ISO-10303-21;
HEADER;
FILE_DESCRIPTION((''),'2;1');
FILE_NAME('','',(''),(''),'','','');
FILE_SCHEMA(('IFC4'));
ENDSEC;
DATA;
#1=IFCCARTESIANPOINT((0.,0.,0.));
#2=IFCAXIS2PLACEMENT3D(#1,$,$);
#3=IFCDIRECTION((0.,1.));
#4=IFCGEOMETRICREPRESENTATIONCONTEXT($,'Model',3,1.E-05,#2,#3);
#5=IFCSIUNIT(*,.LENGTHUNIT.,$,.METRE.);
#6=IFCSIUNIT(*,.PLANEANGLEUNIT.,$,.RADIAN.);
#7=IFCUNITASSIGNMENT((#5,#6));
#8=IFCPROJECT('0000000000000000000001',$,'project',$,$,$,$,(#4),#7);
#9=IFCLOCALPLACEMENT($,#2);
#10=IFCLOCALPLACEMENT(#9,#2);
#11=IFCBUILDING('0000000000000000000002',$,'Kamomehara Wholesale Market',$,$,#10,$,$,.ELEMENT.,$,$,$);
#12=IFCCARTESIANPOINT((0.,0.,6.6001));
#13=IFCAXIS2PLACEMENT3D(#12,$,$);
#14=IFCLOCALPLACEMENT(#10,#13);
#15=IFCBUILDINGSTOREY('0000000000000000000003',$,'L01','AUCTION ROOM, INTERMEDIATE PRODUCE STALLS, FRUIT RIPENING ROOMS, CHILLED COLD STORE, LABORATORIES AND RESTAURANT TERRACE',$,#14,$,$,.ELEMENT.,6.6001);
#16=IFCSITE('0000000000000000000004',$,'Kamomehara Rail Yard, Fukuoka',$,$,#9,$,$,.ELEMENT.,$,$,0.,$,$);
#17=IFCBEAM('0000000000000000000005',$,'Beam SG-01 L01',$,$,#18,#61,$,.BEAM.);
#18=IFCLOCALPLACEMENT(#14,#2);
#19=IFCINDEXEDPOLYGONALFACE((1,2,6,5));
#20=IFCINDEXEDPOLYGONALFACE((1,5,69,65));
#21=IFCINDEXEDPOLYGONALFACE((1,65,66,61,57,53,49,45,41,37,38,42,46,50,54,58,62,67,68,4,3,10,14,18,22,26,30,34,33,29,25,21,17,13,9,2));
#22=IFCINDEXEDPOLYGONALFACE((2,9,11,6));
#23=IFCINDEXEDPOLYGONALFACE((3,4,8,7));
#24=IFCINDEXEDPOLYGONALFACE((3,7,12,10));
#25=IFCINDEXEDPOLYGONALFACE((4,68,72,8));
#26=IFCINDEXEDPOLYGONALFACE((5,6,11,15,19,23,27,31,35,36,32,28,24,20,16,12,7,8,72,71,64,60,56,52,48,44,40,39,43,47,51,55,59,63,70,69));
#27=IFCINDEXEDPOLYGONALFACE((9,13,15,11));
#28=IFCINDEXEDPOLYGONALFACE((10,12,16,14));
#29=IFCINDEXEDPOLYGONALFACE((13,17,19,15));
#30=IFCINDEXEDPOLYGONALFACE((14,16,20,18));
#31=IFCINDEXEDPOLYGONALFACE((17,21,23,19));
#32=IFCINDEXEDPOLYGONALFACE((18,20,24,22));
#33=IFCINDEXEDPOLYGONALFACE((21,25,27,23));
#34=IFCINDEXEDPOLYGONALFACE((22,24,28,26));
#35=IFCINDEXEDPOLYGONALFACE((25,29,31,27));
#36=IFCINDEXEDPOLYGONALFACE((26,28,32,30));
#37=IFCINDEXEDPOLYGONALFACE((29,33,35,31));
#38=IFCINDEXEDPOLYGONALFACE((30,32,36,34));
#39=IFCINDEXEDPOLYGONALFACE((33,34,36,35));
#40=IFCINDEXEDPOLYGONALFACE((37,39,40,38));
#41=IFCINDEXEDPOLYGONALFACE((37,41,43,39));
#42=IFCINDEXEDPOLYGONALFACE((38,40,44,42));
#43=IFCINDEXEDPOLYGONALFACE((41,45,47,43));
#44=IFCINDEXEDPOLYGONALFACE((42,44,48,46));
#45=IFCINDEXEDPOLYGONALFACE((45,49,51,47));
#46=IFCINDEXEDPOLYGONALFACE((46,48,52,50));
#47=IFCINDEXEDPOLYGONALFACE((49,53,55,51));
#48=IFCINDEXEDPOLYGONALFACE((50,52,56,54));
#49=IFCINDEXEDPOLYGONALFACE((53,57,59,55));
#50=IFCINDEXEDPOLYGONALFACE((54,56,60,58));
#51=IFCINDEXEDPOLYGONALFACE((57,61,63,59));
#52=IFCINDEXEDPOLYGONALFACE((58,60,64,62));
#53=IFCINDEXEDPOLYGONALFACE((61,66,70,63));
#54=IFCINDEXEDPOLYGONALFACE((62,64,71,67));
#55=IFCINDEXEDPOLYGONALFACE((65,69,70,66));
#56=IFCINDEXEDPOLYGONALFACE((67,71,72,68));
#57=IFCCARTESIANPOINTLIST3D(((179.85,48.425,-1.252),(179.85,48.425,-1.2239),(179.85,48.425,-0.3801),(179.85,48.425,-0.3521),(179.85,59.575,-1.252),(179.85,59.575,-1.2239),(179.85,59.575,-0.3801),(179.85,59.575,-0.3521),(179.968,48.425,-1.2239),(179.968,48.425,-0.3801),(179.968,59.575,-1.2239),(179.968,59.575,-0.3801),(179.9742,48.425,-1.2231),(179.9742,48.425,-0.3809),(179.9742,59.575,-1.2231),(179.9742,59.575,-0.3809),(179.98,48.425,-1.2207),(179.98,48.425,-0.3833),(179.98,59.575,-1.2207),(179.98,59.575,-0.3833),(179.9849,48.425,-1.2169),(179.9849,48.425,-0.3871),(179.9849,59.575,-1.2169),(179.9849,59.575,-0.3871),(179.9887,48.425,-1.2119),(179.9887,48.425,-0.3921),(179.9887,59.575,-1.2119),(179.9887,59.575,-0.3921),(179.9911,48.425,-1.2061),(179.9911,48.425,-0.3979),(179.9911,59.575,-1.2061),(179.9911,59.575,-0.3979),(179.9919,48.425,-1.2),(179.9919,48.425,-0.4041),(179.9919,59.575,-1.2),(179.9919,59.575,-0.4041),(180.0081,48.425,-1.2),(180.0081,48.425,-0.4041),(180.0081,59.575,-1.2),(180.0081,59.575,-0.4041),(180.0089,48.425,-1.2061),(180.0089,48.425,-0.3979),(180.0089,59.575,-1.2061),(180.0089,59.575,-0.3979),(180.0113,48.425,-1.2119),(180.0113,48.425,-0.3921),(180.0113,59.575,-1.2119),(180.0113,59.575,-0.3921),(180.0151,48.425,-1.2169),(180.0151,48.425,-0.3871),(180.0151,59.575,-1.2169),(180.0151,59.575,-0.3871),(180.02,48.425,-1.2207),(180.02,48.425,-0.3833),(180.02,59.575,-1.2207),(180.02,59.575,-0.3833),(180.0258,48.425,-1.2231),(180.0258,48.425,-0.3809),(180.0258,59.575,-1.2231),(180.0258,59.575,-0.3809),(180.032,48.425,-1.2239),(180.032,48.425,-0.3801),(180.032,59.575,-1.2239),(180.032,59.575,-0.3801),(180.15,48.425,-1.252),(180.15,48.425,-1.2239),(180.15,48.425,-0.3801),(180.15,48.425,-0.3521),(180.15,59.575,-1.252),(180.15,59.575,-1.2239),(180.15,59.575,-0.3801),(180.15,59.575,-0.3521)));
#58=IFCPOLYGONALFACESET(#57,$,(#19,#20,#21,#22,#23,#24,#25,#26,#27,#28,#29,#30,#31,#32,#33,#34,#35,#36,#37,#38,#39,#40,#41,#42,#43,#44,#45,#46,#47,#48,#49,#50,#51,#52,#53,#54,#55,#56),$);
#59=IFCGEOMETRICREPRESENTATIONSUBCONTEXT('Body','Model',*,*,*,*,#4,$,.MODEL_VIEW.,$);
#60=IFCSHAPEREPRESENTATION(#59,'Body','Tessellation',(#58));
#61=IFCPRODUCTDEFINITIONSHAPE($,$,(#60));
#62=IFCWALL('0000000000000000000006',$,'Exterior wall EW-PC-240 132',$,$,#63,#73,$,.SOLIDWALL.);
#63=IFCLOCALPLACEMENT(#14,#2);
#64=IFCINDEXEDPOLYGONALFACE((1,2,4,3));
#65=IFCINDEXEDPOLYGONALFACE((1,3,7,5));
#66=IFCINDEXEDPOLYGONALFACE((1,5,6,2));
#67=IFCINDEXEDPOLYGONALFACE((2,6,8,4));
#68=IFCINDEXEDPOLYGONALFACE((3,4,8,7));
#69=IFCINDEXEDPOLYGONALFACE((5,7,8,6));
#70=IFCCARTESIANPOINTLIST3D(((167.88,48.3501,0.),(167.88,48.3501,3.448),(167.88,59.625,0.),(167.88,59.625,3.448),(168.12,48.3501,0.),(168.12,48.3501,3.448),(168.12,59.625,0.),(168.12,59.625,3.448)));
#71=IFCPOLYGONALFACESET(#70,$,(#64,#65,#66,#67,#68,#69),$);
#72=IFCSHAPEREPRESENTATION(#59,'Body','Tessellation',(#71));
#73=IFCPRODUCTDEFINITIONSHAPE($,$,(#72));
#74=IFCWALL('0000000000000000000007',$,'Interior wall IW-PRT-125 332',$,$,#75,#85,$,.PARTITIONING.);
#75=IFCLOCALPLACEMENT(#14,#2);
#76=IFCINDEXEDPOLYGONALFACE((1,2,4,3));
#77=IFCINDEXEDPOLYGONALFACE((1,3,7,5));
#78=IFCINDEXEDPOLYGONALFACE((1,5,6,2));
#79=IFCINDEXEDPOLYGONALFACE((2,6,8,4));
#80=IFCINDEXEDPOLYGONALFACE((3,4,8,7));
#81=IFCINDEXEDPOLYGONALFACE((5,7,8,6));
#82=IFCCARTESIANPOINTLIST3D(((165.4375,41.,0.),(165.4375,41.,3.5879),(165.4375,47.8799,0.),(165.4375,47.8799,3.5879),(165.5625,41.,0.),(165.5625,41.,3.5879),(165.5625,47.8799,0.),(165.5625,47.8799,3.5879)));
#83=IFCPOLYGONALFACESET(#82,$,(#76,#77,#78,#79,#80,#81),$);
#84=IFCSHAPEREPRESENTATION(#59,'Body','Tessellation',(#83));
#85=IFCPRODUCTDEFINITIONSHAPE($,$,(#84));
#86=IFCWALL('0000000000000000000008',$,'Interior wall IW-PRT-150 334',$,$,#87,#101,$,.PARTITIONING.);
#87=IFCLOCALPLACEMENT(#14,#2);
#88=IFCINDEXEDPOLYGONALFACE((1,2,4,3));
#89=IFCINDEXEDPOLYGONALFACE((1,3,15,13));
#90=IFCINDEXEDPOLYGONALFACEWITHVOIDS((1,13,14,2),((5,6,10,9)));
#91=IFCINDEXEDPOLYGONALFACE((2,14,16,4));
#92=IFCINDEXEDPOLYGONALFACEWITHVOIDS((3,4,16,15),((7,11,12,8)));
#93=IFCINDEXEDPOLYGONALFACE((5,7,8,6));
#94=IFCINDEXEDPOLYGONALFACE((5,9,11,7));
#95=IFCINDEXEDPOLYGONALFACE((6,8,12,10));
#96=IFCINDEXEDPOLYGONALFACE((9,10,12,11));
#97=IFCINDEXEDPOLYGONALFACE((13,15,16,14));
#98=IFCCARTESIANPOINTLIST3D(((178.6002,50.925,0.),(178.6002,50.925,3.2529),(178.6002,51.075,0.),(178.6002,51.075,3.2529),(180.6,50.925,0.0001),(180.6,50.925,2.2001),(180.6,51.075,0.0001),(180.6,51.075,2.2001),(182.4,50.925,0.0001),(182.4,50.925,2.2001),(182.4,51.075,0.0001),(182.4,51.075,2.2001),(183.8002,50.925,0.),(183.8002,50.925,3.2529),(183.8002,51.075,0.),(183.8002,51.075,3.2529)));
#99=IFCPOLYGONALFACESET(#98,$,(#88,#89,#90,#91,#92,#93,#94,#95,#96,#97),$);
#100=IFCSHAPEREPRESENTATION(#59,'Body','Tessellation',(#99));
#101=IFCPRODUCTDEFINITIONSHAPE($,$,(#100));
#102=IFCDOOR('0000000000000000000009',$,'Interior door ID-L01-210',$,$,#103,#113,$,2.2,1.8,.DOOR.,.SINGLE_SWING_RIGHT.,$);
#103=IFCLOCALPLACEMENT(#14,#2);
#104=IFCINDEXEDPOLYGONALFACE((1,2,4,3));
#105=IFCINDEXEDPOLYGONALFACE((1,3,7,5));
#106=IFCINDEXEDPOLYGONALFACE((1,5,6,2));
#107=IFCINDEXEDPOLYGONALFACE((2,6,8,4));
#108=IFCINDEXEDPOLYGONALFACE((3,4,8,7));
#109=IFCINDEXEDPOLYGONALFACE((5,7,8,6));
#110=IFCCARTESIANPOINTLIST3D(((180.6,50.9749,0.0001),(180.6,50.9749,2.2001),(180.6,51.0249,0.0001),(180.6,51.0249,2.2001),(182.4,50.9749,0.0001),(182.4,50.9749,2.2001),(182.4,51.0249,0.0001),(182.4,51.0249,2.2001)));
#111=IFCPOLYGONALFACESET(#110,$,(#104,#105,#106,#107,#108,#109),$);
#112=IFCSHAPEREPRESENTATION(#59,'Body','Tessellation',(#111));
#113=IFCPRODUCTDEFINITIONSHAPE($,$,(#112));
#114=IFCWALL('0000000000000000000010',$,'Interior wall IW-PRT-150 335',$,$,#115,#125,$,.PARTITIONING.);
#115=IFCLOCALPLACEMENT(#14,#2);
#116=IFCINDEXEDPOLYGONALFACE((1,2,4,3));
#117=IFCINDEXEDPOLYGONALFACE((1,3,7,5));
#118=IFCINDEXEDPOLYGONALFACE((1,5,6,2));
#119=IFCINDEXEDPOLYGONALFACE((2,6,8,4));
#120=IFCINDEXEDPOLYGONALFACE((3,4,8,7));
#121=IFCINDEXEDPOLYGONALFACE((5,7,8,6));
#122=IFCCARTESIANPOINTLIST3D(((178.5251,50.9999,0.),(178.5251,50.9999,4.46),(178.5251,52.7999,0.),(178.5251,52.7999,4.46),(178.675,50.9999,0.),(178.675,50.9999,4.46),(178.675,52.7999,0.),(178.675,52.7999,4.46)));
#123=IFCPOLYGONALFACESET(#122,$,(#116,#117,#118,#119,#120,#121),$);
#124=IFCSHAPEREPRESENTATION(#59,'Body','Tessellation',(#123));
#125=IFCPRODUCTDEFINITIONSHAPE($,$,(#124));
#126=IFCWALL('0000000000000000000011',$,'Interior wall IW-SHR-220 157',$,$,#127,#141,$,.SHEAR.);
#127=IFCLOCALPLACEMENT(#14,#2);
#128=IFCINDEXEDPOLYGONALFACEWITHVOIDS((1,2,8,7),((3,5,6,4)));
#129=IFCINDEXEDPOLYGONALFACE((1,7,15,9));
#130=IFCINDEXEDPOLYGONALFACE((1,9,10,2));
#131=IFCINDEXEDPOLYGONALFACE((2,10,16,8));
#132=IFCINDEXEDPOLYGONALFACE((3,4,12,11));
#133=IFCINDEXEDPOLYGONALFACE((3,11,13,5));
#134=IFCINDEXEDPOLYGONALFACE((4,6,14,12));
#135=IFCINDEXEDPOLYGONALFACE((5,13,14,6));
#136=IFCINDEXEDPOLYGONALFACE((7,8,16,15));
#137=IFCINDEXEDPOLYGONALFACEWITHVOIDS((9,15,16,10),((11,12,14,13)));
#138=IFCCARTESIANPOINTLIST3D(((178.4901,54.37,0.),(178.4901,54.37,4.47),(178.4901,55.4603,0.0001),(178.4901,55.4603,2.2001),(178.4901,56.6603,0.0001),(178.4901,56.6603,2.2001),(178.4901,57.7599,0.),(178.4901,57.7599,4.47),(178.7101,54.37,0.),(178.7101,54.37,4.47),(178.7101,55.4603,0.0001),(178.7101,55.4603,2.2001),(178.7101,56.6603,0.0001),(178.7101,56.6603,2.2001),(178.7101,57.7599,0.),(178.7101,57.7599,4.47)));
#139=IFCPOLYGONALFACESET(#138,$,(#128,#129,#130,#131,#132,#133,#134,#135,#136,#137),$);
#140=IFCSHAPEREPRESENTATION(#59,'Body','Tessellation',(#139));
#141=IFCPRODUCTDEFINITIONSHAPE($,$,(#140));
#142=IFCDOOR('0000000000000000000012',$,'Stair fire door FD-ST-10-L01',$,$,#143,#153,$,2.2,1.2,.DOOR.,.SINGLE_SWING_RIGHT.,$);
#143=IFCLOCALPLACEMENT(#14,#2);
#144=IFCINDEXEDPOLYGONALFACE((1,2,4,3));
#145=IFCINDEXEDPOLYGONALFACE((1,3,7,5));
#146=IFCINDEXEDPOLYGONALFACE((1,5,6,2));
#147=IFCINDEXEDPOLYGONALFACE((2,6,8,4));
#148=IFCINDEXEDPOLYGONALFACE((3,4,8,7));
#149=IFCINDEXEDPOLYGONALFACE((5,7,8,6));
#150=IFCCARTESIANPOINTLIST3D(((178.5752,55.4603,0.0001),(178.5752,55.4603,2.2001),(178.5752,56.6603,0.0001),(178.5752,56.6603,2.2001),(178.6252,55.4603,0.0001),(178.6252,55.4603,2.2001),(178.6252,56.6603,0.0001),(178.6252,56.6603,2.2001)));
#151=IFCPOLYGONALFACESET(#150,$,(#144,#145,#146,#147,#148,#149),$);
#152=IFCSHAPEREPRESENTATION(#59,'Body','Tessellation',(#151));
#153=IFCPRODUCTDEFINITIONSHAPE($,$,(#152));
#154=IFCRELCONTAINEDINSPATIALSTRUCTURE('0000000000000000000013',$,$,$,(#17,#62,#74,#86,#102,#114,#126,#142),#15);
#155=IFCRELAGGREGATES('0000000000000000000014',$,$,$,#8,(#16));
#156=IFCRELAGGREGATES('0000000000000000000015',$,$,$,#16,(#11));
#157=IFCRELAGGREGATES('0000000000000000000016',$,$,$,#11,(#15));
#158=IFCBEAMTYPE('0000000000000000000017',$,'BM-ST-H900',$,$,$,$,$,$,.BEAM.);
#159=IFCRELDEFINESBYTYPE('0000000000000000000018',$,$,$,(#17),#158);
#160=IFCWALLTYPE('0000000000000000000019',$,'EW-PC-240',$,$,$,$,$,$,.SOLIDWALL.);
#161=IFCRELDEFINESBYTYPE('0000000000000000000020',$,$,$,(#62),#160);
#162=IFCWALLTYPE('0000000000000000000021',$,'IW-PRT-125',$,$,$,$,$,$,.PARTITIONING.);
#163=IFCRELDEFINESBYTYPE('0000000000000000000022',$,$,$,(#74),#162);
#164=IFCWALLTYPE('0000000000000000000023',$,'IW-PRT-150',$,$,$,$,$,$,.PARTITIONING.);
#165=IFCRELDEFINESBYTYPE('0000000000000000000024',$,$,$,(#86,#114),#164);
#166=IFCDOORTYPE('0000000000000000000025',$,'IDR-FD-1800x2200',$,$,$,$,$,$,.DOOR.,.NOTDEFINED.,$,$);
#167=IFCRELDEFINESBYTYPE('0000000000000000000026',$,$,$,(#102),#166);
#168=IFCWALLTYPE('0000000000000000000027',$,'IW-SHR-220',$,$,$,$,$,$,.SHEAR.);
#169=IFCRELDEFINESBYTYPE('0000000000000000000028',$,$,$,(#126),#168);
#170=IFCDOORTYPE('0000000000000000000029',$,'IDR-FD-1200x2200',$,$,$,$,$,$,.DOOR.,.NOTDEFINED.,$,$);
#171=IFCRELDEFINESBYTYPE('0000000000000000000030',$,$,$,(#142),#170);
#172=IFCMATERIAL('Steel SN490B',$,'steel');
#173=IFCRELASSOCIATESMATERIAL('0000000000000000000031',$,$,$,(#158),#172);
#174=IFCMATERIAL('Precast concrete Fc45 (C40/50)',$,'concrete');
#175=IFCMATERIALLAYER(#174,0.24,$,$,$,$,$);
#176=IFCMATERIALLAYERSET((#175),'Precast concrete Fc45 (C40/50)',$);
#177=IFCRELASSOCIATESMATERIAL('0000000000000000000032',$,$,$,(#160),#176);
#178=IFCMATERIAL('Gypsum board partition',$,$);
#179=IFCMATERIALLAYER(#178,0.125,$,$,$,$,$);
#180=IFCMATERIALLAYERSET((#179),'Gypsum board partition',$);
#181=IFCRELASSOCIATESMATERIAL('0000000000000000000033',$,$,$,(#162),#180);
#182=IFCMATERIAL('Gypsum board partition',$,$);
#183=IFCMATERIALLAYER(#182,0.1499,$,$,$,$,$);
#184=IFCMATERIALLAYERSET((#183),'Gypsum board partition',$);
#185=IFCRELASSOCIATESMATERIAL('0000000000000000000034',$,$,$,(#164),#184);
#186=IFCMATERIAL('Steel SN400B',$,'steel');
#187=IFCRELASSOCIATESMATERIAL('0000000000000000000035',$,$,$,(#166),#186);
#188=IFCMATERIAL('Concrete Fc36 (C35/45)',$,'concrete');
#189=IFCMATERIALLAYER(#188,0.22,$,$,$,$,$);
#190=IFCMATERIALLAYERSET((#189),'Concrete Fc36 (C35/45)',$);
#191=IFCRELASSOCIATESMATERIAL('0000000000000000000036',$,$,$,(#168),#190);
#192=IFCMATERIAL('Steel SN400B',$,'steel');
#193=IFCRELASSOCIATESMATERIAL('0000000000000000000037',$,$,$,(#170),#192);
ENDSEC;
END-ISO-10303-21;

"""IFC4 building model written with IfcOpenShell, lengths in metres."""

from ifc_helpers import new_model, si_unit, direction, frame, frame_2d, origin, origin_2d, place, context, subcontext, project, spatial, rectangle, i_section, extrude, material, layer, layer_set, material_profile, profile_set, type_object, element, fill, save


model = new_model("IFC4")

# Units and contexts
model_context = context("Model", 3, precision=1e-05, world=origin(), true_north=direction((0.0, 1.0)))
body_context = subcontext(model_context, "Body", "Model", "MODEL_VIEW")
ifc_project = project(units=[si_unit("LENGTHUNIT", "METRE"), si_unit("PLANEANGLEUNIT", "RADIAN")], contexts=[model_context])

# Site, building, storey
site_placement = place(None, origin())
site = spatial("IfcSite", under=ifc_project, at=site_placement, Name="Kamomehara Rail Yard, Fukuoka", CompositionType="ELEMENT", RefElevation=0.0)
building_placement = place(site_placement, origin())
building = spatial("IfcBuilding", under=site, at=building_placement, Name="Kamomehara Wholesale Market", CompositionType="ELEMENT")
storey_placement = place(building_placement, frame((0.0, 0.0, 6.6001)))
storey = spatial("IfcBuildingStorey", under=building, at=storey_placement, Name="L01", Description="AUCTION ROOM, INTERMEDIATE PRODUCE STALLS, FRUIT RIPENING ROOMS, CHILLED COLD STORE, LABORATORIES AND RESTAURANT TERRACE", CompositionType="ELEMENT", Elevation=6.6001)

# Beam
ifc_material_1 = material(Name="Steel SN490B", Category="steel")
ifc_material_profile_1 = material_profile(ifc_material_1, i_section(OverallWidth=0.3, OverallDepth=0.8999, WebThickness=0.0161, FlangeThickness=0.0281, FilletRadius=0.0239, at=origin_2d()), Name="H-900x300x16x28")
ifc_profile_set_1 = profile_set([ifc_material_profile_1], Name="Steel SN490B")
beam_type_1 = type_object("IfcBeamType", Name="BM-ST-H900", PredefinedType="BEAM", material=ifc_profile_set_1)
beam_1_placement = place(storey_placement, frame((180.0, 48.425, -0.802), z_axis=(0.0, 1.0, 0.0), x_axis=(-1.0, 0.0, 0.0)))
element("IfcBeam", 1, at=beam_1_placement, inside=storey, type_object=beam_type_1, Name="Beam SG-01 L01", PredefinedType="BEAM", context=body_context, shape_type="SweptSolid", body=[
    extrude(i_section(OverallWidth=0.3, OverallDepth=0.8999, WebThickness=0.0161, FlangeThickness=0.0281, FilletRadius=0.0239, at=origin_2d()), origin(), (0.0, 0.0, 1.0), 11.1499),
])

# Walls
ifc_material_2 = material(Name="Precast concrete Fc45 (C40/50)", Category="concrete")
ifc_layer_1 = layer(ifc_material_2, 0.24)
ifc_layer_set_1 = layer_set([ifc_layer_1], Name="Precast concrete Fc45 (C40/50)")
wall_type_1 = type_object("IfcWallType", Name="EW-PC-240", PredefinedType="SOLIDWALL", material=ifc_layer_set_1)
wall_1_placement = place(storey_placement, frame((168.0, 48.3501, 0.0), z_axis=(0.0, 0.0, 1.0), x_axis=(0.0, 1.0, 0.0)))
element("IfcWall", 2, at=wall_1_placement, inside=storey, type_object=wall_type_1, Name="Exterior wall EW-PC-240 132", PredefinedType="SOLIDWALL", context=body_context, shape_type="SweptSolid", body=[
    extrude(rectangle(XDim=11.2749, YDim=0.24, at=frame_2d((5.6375, 0.0))), origin(), (0.0, 0.0, 1.0), 3.448),
])
ifc_material_3 = material(Name="Gypsum board partition")
ifc_layer_2 = layer(ifc_material_3, 0.125)
ifc_layer_set_2 = layer_set([ifc_layer_2], Name="Gypsum board partition")
wall_type_2 = type_object("IfcWallType", Name="IW-PRT-125", PredefinedType="PARTITIONING", material=ifc_layer_set_2)
wall_2_placement = place(storey_placement, frame((165.5, 41.0, 0.0), z_axis=(0.0, 0.0, 1.0), x_axis=(0.0, 1.0, 0.0)))
element("IfcWall", 3, at=wall_2_placement, inside=storey, type_object=wall_type_2, Name="Interior wall IW-PRT-125 332", PredefinedType="PARTITIONING", context=body_context, shape_type="SweptSolid", body=[
    extrude(rectangle(XDim=6.8799, YDim=0.125, at=frame_2d((3.4399, 0.0))), origin(), (0.0, 0.0, 1.0), 3.5879),
])

# Wall, opening, door
ifc_material_4 = material(Name="Gypsum board partition")
ifc_layer_3 = layer(ifc_material_4, 0.1499)
ifc_layer_set_3 = layer_set([ifc_layer_3], Name="Gypsum board partition")
wall_type_3 = type_object("IfcWallType", Name="IW-PRT-150", PredefinedType="PARTITIONING", material=ifc_layer_set_3)
wall_3_placement = place(storey_placement, frame((178.6001, 51.0, 0.0), z_axis=(0.0, 0.0, 1.0), x_axis=(1.0, 0.0, 0.0)))
wall_3 = element("IfcWall", 4, at=wall_3_placement, inside=storey, type_object=wall_type_3, Name="Interior wall IW-PRT-150 334", PredefinedType="PARTITIONING", context=body_context, shape_type="SweptSolid", body=[
    extrude(rectangle(XDim=5.2, YDim=0.1499, at=frame_2d((2.6001, 0.0))), origin(), (0.0, 0.0, 1.0), 3.2529),
])
opening_1_placement = place(wall_3_placement, frame((2.0, 0.0, 0.0)))
opening_1 = element("IfcOpeningElement", 5, at=opening_1_placement, cuts=wall_3, PredefinedType="OPENING", context=body_context, shape_type="SweptSolid", body=[
    extrude(rectangle(XDim=1.8, YDim=2.2, at=frame_2d((0.8999, 1.1001))), frame((0.0, 0.0898, 0.0), z_axis=(0.0, -1.0, 0.0), x_axis=(1.0, 0.0, 0.0)), (0.0, 0.0, 1.0), 0.1797),
])
ifc_material_5 = material(Name="Steel SN400B", Category="steel")
door_type_1 = type_object("IfcDoorType", Name="IDR-FD-1800x2200", OperationType="NOTDEFINED", PredefinedType="DOOR", material=ifc_material_5)
door_1_placement = place(opening_1_placement, origin())
door_1 = element("IfcDoor", 6, at=door_1_placement, inside=storey, type_object=door_type_1, Name="Interior door ID-L01-210", OperationType="SINGLE_SWING_RIGHT", OverallHeight=2.2, OverallWidth=1.8, PredefinedType="DOOR", context=body_context, shape_type="SweptSolid", body=[
    extrude(rectangle(XDim=1.8, YDim=2.2, at=frame_2d((0.8999, 1.1001))), frame((0.0, 0.0249, 0.0), z_axis=(0.0, -1.0, 0.0), x_axis=(1.0, 0.0, 0.0)), (0.0, 0.0, 1.0), 0.05),
])
fill(opening_1, door_1)

# Wall
wall_4_placement = place(storey_placement, frame((178.6001, 51.0, 0.0), z_axis=(0.0, 0.0, 1.0), x_axis=(0.0, 1.0, 0.0)))
element("IfcWall", 7, at=wall_4_placement, inside=storey, type_object=wall_type_3, Name="Interior wall IW-PRT-150 335", PredefinedType="PARTITIONING", context=body_context, shape_type="SweptSolid", body=[
    extrude(rectangle(XDim=1.8, YDim=0.1499, at=frame_2d((0.8999, 0.0))), origin(), (0.0, 0.0, 1.0), 4.46),
])
ifc_material_6 = material(Name="Concrete Fc36 (C35/45)", Category="concrete")
ifc_layer_4 = layer(ifc_material_6, 0.22)
ifc_layer_set_4 = layer_set([ifc_layer_4], Name="Concrete Fc36 (C35/45)")
wall_type_4 = type_object("IfcWallType", Name="IW-SHR-220", PredefinedType="SHEAR", material=ifc_layer_set_4)

# Wall, opening, door
wall_5_placement = place(storey_placement, frame((178.6001, 54.3701, 0.0), z_axis=(0.0, 0.0, 1.0), x_axis=(0.0, 1.0, 0.0)))
wall_5 = element("IfcWall", 8, at=wall_5_placement, inside=storey, type_object=wall_type_4, Name="Interior wall IW-SHR-220 157", PredefinedType="SHEAR", context=body_context, shape_type="SweptSolid", body=[
    extrude(rectangle(XDim=3.3899, YDim=0.22, at=frame_2d((1.6948, 0.0))), origin(), (0.0, 0.0, 1.0), 4.47),
])
opening_2_placement = place(wall_5_placement, frame((1.0901, 0.0, 0.0)))
opening_2 = element("IfcOpeningElement", 9, at=opening_2_placement, cuts=wall_5, PredefinedType="OPENING", context=body_context, shape_type="SweptSolid", body=[
    extrude(rectangle(XDim=1.2, YDim=2.2, at=frame_2d((0.6001, 1.1001))), frame((0.0, 0.125, 0.0), z_axis=(0.0, -1.0, 0.0), x_axis=(1.0, 0.0, 0.0)), (0.0, 0.0, 1.0), 0.2498),
])
ifc_material_7 = material(Name="Steel SN400B", Category="steel")
door_type_2 = type_object("IfcDoorType", Name="IDR-FD-1200x2200", OperationType="NOTDEFINED", PredefinedType="DOOR", material=ifc_material_7)
door_2_placement = place(opening_2_placement, origin())
door_2 = element("IfcDoor", 10, at=door_2_placement, inside=storey, type_object=door_type_2, Name="Stair fire door FD-ST-10-L01", OperationType="SINGLE_SWING_RIGHT", OverallHeight=2.2, OverallWidth=1.2, PredefinedType="DOOR", context=body_context, shape_type="SweptSolid", body=[
    extrude(rectangle(XDim=1.2, YDim=2.2, at=frame_2d((0.6001, 1.1001))), frame((0.0, 0.0249, 0.0), z_axis=(0.0, -1.0, 0.0), x_axis=(1.0, 0.0, 0.0)), (0.0, 0.0, 1.0), 0.05),
])
fill(opening_2, door_2)

save(model, "model.ifc")
